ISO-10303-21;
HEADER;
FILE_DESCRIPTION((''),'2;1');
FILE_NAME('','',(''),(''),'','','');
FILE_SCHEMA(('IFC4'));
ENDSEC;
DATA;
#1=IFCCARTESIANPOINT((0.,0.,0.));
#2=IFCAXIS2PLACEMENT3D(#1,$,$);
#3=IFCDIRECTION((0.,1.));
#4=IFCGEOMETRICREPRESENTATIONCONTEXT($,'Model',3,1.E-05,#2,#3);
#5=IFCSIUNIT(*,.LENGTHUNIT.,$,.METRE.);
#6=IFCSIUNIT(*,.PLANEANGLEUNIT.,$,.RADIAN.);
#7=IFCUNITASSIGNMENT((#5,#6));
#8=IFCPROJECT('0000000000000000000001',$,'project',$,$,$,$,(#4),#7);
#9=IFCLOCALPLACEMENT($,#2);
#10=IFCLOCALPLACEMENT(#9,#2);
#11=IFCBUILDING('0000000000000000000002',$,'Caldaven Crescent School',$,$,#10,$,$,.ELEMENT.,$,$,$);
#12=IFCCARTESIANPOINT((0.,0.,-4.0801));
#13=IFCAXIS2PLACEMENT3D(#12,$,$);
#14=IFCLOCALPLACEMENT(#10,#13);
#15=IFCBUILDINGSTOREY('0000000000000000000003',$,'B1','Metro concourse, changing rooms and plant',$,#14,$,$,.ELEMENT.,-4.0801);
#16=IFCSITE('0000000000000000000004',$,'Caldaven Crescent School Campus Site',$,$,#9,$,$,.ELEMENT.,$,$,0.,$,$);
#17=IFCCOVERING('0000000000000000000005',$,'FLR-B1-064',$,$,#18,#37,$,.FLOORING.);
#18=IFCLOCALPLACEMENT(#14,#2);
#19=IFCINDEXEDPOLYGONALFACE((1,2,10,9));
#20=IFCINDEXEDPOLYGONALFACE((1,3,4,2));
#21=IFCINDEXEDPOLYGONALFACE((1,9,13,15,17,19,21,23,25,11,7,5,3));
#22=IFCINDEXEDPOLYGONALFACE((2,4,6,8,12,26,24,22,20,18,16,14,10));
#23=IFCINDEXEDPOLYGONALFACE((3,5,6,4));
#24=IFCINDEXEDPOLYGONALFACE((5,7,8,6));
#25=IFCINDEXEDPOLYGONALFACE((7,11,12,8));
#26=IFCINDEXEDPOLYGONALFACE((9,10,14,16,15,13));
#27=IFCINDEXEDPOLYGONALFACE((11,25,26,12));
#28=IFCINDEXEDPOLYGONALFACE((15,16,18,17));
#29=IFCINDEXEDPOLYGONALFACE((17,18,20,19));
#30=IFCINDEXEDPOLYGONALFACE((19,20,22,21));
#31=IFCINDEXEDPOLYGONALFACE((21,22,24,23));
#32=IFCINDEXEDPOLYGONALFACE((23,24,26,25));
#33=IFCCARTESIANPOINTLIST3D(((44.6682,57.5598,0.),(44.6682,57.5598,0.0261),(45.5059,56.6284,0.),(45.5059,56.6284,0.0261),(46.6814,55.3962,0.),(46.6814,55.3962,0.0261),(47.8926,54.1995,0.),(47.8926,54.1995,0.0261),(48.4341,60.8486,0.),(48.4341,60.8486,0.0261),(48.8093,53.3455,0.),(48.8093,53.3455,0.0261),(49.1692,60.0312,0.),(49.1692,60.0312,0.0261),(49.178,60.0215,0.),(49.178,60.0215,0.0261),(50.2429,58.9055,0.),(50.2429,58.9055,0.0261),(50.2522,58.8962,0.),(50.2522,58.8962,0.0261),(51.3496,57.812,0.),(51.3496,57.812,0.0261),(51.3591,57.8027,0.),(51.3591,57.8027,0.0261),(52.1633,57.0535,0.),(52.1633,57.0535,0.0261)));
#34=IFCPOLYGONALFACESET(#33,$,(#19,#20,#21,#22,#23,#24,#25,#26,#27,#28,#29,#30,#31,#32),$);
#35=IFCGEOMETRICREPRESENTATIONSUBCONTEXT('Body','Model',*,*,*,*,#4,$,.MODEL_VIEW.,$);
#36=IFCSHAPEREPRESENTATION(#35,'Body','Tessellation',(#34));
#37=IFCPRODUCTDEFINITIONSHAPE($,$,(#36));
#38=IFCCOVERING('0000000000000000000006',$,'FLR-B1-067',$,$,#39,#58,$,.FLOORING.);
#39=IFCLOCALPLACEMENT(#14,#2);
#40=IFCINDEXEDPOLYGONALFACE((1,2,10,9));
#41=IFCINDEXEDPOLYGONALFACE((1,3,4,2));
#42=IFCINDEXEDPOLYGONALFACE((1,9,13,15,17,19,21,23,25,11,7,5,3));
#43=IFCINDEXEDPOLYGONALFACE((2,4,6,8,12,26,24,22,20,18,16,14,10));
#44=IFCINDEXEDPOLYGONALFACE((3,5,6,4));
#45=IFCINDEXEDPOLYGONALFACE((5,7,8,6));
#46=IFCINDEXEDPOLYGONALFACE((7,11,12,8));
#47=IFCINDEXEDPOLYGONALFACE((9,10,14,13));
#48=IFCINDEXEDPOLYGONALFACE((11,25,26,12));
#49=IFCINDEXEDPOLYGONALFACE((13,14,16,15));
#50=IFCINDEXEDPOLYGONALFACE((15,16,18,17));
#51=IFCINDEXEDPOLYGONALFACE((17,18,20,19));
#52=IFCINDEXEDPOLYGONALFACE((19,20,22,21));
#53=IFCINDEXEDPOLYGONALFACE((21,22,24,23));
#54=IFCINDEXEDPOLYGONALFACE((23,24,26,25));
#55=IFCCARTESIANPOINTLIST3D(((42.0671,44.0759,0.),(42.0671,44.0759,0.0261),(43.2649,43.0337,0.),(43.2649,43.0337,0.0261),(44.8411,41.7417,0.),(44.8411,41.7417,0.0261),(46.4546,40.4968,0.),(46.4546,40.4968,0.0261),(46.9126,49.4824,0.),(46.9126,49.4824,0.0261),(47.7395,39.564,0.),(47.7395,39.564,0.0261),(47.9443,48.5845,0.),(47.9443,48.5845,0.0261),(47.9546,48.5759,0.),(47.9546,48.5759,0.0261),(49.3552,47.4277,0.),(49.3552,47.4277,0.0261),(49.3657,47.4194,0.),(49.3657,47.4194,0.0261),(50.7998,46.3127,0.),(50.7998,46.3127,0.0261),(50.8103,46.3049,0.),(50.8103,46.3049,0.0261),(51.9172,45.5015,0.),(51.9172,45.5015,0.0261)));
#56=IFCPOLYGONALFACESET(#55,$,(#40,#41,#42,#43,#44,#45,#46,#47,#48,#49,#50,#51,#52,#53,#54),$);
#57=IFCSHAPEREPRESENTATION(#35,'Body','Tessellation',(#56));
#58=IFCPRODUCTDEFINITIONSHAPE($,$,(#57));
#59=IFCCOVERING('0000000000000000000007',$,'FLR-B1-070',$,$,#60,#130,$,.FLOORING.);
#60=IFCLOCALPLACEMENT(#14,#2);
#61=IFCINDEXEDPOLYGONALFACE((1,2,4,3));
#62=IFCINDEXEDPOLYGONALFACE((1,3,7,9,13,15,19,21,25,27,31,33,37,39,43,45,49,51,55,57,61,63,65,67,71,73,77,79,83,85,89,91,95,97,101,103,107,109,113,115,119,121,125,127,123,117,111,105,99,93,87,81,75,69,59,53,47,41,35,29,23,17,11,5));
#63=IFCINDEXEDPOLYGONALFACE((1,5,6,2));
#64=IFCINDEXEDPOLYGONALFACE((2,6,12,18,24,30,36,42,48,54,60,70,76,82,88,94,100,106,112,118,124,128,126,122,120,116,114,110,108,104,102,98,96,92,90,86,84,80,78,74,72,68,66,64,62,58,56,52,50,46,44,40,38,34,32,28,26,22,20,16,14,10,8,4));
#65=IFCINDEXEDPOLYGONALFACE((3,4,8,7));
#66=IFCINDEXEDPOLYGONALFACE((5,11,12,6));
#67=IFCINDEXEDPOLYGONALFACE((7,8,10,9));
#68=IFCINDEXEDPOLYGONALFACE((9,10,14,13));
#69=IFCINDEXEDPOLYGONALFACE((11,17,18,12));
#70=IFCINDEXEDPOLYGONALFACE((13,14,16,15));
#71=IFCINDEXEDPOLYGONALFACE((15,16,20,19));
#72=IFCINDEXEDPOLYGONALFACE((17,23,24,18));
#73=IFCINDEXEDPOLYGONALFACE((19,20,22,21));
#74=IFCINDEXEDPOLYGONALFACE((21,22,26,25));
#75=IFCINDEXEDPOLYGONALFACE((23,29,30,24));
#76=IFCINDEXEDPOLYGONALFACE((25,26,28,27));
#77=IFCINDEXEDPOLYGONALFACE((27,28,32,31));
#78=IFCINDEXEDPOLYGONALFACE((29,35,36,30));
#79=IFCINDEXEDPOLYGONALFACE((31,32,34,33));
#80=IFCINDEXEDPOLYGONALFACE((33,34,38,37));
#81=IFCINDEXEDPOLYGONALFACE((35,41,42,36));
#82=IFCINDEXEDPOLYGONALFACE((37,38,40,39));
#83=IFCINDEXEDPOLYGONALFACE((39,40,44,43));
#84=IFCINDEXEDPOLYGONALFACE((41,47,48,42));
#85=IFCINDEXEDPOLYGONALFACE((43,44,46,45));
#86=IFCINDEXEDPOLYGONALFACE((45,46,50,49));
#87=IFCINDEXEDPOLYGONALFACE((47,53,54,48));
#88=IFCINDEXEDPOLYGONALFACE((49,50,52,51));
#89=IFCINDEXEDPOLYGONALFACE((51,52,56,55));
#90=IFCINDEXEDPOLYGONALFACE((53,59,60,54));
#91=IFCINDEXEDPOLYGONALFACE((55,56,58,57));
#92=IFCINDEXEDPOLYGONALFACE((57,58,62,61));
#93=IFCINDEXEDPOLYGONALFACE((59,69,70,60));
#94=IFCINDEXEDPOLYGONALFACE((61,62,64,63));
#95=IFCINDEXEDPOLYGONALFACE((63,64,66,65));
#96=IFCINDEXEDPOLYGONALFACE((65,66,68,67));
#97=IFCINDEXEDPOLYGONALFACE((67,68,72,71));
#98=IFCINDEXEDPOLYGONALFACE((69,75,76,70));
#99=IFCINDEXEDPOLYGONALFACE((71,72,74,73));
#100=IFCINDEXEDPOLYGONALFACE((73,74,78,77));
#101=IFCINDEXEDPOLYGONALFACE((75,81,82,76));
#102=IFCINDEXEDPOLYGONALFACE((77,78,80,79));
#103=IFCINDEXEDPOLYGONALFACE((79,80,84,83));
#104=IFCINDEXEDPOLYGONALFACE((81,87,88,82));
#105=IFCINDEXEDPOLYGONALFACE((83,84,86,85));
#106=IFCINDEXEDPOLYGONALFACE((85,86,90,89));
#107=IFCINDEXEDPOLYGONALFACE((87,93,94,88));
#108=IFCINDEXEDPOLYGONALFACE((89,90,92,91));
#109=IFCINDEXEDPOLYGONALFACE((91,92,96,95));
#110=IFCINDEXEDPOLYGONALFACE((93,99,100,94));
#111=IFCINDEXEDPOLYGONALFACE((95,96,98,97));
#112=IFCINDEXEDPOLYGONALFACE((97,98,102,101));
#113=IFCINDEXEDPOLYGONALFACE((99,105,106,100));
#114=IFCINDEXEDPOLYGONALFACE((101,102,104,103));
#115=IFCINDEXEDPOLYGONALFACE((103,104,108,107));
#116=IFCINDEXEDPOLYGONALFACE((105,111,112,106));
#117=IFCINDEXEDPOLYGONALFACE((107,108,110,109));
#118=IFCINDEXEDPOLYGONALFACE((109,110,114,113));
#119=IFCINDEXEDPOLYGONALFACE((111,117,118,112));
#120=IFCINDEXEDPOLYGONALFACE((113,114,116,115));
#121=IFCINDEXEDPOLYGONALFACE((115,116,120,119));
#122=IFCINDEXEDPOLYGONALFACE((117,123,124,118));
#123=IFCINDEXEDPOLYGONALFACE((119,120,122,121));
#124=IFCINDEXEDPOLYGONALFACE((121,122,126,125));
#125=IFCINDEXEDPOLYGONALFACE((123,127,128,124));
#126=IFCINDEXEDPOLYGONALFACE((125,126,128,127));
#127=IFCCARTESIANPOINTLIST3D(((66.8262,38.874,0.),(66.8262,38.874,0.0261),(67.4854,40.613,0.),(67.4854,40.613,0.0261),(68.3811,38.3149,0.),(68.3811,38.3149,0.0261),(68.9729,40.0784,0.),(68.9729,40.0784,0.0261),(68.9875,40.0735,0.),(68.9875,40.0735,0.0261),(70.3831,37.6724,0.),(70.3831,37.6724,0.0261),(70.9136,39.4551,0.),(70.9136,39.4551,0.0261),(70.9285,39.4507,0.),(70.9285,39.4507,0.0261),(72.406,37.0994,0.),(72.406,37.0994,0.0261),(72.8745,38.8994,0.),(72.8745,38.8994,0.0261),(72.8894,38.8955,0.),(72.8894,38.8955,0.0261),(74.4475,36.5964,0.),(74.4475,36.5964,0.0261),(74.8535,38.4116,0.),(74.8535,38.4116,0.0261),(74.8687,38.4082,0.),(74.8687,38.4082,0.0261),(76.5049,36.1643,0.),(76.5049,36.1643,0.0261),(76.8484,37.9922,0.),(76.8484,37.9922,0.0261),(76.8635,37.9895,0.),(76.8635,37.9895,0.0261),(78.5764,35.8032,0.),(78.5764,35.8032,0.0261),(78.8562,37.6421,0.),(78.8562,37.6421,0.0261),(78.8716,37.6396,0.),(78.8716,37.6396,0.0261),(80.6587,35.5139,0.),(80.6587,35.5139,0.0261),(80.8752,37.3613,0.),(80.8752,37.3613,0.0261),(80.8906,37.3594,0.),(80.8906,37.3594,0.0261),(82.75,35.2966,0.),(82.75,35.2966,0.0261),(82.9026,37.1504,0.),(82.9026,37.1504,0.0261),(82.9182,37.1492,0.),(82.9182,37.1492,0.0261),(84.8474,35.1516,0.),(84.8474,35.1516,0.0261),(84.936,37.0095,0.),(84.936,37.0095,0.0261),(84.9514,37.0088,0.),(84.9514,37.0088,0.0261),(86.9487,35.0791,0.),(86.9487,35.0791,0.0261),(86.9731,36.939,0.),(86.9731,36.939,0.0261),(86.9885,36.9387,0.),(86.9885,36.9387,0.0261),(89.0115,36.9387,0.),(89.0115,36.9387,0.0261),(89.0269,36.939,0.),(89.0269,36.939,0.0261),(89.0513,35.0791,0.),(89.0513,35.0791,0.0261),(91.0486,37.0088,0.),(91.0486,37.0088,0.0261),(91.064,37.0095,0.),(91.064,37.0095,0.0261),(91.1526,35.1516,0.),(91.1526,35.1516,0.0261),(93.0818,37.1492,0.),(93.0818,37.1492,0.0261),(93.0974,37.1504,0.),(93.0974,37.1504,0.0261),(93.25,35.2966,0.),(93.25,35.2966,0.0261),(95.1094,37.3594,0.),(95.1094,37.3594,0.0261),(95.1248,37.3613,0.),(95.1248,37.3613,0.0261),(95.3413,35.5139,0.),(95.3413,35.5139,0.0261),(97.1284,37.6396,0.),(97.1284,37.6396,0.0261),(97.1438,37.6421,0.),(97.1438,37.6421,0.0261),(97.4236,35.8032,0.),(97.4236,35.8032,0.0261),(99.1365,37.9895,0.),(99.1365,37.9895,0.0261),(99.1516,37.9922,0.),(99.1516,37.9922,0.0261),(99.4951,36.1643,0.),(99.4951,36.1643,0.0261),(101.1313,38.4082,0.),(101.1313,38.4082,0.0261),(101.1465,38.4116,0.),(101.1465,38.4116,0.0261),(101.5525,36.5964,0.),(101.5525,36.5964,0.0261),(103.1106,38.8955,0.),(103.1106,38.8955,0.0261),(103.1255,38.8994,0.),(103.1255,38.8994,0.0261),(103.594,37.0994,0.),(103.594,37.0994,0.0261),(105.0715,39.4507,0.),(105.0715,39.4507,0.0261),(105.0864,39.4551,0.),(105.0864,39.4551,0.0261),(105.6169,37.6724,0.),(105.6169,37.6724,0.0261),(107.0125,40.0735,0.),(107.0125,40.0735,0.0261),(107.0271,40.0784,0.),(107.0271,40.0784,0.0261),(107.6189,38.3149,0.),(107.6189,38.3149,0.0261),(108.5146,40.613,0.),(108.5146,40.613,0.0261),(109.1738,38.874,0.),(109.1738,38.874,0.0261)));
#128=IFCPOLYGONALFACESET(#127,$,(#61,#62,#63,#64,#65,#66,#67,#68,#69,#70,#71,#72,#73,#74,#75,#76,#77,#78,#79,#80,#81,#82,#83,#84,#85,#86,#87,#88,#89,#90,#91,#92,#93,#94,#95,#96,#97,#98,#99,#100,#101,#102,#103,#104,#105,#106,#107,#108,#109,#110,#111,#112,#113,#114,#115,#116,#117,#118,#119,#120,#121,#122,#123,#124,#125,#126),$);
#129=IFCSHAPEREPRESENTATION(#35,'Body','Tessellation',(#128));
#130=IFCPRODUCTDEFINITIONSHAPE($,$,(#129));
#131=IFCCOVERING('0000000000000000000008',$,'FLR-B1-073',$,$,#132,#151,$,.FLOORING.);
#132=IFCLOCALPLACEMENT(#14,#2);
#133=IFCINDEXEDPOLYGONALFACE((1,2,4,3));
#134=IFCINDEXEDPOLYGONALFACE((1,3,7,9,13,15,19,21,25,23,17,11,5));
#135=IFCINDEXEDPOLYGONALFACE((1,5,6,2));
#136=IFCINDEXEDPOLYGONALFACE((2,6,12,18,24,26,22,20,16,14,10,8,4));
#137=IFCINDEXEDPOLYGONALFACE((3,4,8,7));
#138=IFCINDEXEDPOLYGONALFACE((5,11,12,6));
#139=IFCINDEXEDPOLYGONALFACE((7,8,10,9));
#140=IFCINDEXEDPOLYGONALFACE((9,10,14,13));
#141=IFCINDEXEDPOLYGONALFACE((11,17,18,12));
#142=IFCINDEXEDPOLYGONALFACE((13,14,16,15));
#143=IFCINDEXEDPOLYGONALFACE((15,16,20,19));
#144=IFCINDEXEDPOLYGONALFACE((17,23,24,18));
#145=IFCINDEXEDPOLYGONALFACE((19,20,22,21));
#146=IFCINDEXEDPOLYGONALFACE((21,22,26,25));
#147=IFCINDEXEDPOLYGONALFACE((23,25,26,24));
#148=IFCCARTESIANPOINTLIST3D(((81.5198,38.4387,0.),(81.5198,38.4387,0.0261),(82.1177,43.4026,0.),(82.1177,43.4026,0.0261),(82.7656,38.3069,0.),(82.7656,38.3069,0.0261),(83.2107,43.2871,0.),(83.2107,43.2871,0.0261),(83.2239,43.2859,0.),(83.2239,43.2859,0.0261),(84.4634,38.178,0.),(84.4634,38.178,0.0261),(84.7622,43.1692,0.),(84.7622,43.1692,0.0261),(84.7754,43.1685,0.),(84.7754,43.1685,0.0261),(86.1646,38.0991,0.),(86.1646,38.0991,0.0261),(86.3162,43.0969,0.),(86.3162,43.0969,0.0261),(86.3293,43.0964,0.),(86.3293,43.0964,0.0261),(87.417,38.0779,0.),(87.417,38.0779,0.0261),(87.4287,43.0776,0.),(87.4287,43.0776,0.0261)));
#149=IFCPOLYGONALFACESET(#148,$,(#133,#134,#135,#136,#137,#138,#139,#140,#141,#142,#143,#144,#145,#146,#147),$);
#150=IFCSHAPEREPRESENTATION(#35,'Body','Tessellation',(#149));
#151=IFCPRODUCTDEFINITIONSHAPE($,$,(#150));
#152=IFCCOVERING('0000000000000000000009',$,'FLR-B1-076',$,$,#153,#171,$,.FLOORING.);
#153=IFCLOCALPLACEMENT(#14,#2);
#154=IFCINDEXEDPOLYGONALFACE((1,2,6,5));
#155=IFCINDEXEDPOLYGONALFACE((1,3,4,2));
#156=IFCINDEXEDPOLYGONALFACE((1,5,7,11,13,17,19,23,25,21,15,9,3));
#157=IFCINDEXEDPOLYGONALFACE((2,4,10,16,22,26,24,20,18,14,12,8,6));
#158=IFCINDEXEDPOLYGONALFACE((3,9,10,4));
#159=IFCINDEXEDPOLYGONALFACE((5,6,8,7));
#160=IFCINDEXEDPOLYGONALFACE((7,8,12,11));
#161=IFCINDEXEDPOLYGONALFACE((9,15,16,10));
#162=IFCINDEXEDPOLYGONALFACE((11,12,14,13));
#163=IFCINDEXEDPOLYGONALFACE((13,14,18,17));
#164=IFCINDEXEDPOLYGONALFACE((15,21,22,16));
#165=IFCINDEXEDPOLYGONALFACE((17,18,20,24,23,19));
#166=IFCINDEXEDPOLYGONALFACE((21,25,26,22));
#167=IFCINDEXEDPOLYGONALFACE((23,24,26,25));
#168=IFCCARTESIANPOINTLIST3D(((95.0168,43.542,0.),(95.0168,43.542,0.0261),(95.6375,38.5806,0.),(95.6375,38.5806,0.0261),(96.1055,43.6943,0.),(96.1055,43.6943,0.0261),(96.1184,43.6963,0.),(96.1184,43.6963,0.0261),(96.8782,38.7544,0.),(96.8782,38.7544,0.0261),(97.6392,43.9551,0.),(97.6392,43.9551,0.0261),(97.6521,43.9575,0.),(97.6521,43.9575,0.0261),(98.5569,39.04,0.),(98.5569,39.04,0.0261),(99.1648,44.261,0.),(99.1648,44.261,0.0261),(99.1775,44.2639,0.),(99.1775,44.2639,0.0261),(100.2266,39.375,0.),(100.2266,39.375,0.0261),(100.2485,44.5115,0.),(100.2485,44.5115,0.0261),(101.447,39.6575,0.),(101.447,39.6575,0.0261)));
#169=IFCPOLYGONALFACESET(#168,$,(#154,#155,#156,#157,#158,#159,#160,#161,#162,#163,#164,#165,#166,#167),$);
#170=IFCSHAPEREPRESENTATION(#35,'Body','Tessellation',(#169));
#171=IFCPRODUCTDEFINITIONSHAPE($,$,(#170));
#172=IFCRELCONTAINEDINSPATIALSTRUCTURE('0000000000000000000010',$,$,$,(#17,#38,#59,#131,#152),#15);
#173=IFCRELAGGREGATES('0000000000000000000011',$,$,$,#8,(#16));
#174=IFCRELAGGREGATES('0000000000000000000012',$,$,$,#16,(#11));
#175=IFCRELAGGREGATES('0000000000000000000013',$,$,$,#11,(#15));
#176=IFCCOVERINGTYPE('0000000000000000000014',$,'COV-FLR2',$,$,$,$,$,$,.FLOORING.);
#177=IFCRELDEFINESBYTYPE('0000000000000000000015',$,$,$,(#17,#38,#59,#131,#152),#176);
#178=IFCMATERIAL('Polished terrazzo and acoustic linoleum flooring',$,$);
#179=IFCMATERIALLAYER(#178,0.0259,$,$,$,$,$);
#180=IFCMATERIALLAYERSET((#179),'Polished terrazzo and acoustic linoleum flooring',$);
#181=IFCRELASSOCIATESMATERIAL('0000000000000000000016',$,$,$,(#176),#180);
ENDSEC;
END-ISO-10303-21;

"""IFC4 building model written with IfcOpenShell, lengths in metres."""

from ifc_helpers import new_model, si_unit, direction, frame, origin, place, context, subcontext, project, spatial, polyline, outline, extrude, material, layer, layer_set, type_object, element, save


model = new_model("IFC4")

# Units and contexts
model_context = context("Model", 3, precision=1e-05, world=origin(), true_north=direction((0.0, 1.0)))
body_context = subcontext(model_context, "Body", "Model", "MODEL_VIEW")
ifc_project = project(units=[si_unit("LENGTHUNIT", "METRE"), si_unit("PLANEANGLEUNIT", "RADIAN")], contexts=[model_context])

# Site, building, storey
site_placement = place(None, origin())
site = spatial("IfcSite", under=ifc_project, at=site_placement, Name="Caldaven Crescent School Campus Site", CompositionType="ELEMENT", RefElevation=0.0)
building_placement = place(site_placement, origin())
building = spatial("IfcBuilding", under=site, at=building_placement, Name="Caldaven Crescent School", CompositionType="ELEMENT")
storey_placement = place(building_placement, frame((0.0, 0.0, -4.0801)))
storey = spatial("IfcBuildingStorey", under=building, at=storey_placement, Name="B1", Description="Metro concourse, changing rooms and plant", CompositionType="ELEMENT", Elevation=-4.0801)

# Coverings
ifc_material = material(Name="Polished terrazzo and acoustic linoleum flooring")
ifc_layer_1 = layer(ifc_material, 0.0259)
ifc_layer_set_1 = layer_set([ifc_layer_1], Name="Polished terrazzo and acoustic linoleum flooring")
covering_type_1 = type_object("IfcCoveringType", Name="COV-FLR2", PredefinedType="FLOORING", material=ifc_layer_set_1)
covering_1_placement = place(storey_placement, origin())
element("IfcCovering", 1, at=covering_1_placement, inside=storey, type_object=covering_type_1, Name="FLR-B1-064", PredefinedType="FLOORING", context=body_context, shape_type="SweptSolid", body=[
    extrude(outline(polyline([(48.4341, 60.8486), (49.1692, 60.0312), (49.178, 60.0215), (50.2429, 58.9055), (50.2522, 58.8962), (51.3496, 57.812), (51.3591, 57.8027), (52.1633, 57.0535), (48.8093, 53.3455), (47.8926, 54.1995), (46.6814, 55.3962), (45.5059, 56.6284), (44.6682, 57.5598), (48.4341, 60.8486)])), origin(), (0.0, 0.0, 1.0), 0.0261),
])
covering_2_placement = place(storey_placement, origin())
element("IfcCovering", 2, at=covering_2_placement, inside=storey, type_object=covering_type_1, Name="FLR-B1-067", PredefinedType="FLOORING", context=body_context, shape_type="SweptSolid", body=[
    extrude(outline(polyline([(46.9126, 49.4824), (47.9443, 48.5845), (47.9546, 48.5759), (49.3552, 47.4277), (49.3657, 47.4194), (50.7998, 46.3127), (50.8103, 46.3049), (51.9172, 45.5015), (47.7395, 39.564), (46.4546, 40.4968), (44.8411, 41.7417), (43.2649, 43.0337), (42.0671, 44.0759), (46.9126, 49.4824)])), origin(), (0.0, 0.0, 1.0), 0.0261),
])
covering_3_placement = place(storey_placement, origin())
element("IfcCovering", 3, at=covering_3_placement, inside=storey, type_object=covering_type_1, Name="FLR-B1-070", PredefinedType="FLOORING", context=body_context, shape_type="SweptSolid", body=[
    extrude(outline(polyline([(67.4854, 40.613), (68.9729, 40.0784), (68.9875, 40.0735), (70.9136, 39.4551), (70.9285, 39.4507), (72.8745, 38.8994), (72.8894, 38.8955), (74.8535, 38.4116), (74.8687, 38.4082), (76.8484, 37.9922), (76.8635, 37.9895), (78.8562, 37.6421), (78.8716, 37.6396), (80.8752, 37.3613), (80.8906, 37.3594), (82.9026, 37.1504), (82.9182, 37.1492), (84.936, 37.0095), (84.9514, 37.0088), (86.9731, 36.939), (86.9885, 36.9387), (89.0115, 36.9387), (89.0269, 36.939), (91.0486, 37.0088), (91.064, 37.0095), (93.0818, 37.1492), (93.0974, 37.1504), (95.1094, 37.3594), (95.1248, 37.3613), (97.1284, 37.6396), (97.1438, 37.6421), (99.1365, 37.9895), (99.1516, 37.9922), (101.1313, 38.4082), (101.1465, 38.4116), (103.1106, 38.8955), (103.1255, 38.8994), (105.0715, 39.4507), (105.0864, 39.4551), (107.0125, 40.0735), (107.0271, 40.0784), (108.5146, 40.613), (109.1738, 38.874), (107.6189, 38.3149), (105.6169, 37.6724), (103.594, 37.0994), (101.5525, 36.5964), (99.4951, 36.1643), (97.4236, 35.8032), (95.3413, 35.5139), (93.25, 35.2966), (91.1526, 35.1516), (89.0513, 35.0791), (86.9487, 35.0791), (84.8474, 35.1516), (82.75, 35.2966), (80.6587, 35.5139), (78.5764, 35.8032), (76.5049, 36.1643), (74.4475, 36.5964), (72.406, 37.0994), (70.3831, 37.6724), (68.3811, 38.3149), (66.8262, 38.874), (67.4854, 40.613)])), origin(), (0.0, 0.0, 1.0), 0.0261),
])
covering_4_placement = place(storey_placement, origin())
element("IfcCovering", 4, at=covering_4_placement, inside=storey, type_object=covering_type_1, Name="FLR-B1-073", PredefinedType="FLOORING", context=body_context, shape_type="SweptSolid", body=[
    extrude(outline(polyline([(82.1177, 43.4026), (83.2107, 43.2871), (83.2239, 43.2859), (84.7622, 43.1692), (84.7754, 43.1685), (86.3162, 43.0969), (86.3293, 43.0964), (87.4287, 43.0776), (87.417, 38.0779), (86.1646, 38.0991), (84.4634, 38.178), (82.7656, 38.3069), (81.5198, 38.4387), (82.1177, 43.4026)])), origin(), (0.0, 0.0, 1.0), 0.0261),
])
covering_5_placement = place(storey_placement, origin())
element("IfcCovering", 5, at=covering_5_placement, inside=storey, type_object=covering_type_1, Name="FLR-B1-076", PredefinedType="FLOORING", context=body_context, shape_type="SweptSolid", body=[
    extrude(outline(polyline([(95.0168, 43.542), (96.1055, 43.6943), (96.1184, 43.6963), (97.6392, 43.9551), (97.6521, 43.9575), (99.1648, 44.261), (99.1775, 44.2639), (100.2485, 44.5115), (101.447, 39.6575), (100.2266, 39.375), (98.5569, 39.04), (96.8782, 38.7544), (95.6375, 38.5806), (95.0168, 43.542)])), origin(), (0.0, 0.0, 1.0), 0.0261),
])

save(model, "model.ifc")
